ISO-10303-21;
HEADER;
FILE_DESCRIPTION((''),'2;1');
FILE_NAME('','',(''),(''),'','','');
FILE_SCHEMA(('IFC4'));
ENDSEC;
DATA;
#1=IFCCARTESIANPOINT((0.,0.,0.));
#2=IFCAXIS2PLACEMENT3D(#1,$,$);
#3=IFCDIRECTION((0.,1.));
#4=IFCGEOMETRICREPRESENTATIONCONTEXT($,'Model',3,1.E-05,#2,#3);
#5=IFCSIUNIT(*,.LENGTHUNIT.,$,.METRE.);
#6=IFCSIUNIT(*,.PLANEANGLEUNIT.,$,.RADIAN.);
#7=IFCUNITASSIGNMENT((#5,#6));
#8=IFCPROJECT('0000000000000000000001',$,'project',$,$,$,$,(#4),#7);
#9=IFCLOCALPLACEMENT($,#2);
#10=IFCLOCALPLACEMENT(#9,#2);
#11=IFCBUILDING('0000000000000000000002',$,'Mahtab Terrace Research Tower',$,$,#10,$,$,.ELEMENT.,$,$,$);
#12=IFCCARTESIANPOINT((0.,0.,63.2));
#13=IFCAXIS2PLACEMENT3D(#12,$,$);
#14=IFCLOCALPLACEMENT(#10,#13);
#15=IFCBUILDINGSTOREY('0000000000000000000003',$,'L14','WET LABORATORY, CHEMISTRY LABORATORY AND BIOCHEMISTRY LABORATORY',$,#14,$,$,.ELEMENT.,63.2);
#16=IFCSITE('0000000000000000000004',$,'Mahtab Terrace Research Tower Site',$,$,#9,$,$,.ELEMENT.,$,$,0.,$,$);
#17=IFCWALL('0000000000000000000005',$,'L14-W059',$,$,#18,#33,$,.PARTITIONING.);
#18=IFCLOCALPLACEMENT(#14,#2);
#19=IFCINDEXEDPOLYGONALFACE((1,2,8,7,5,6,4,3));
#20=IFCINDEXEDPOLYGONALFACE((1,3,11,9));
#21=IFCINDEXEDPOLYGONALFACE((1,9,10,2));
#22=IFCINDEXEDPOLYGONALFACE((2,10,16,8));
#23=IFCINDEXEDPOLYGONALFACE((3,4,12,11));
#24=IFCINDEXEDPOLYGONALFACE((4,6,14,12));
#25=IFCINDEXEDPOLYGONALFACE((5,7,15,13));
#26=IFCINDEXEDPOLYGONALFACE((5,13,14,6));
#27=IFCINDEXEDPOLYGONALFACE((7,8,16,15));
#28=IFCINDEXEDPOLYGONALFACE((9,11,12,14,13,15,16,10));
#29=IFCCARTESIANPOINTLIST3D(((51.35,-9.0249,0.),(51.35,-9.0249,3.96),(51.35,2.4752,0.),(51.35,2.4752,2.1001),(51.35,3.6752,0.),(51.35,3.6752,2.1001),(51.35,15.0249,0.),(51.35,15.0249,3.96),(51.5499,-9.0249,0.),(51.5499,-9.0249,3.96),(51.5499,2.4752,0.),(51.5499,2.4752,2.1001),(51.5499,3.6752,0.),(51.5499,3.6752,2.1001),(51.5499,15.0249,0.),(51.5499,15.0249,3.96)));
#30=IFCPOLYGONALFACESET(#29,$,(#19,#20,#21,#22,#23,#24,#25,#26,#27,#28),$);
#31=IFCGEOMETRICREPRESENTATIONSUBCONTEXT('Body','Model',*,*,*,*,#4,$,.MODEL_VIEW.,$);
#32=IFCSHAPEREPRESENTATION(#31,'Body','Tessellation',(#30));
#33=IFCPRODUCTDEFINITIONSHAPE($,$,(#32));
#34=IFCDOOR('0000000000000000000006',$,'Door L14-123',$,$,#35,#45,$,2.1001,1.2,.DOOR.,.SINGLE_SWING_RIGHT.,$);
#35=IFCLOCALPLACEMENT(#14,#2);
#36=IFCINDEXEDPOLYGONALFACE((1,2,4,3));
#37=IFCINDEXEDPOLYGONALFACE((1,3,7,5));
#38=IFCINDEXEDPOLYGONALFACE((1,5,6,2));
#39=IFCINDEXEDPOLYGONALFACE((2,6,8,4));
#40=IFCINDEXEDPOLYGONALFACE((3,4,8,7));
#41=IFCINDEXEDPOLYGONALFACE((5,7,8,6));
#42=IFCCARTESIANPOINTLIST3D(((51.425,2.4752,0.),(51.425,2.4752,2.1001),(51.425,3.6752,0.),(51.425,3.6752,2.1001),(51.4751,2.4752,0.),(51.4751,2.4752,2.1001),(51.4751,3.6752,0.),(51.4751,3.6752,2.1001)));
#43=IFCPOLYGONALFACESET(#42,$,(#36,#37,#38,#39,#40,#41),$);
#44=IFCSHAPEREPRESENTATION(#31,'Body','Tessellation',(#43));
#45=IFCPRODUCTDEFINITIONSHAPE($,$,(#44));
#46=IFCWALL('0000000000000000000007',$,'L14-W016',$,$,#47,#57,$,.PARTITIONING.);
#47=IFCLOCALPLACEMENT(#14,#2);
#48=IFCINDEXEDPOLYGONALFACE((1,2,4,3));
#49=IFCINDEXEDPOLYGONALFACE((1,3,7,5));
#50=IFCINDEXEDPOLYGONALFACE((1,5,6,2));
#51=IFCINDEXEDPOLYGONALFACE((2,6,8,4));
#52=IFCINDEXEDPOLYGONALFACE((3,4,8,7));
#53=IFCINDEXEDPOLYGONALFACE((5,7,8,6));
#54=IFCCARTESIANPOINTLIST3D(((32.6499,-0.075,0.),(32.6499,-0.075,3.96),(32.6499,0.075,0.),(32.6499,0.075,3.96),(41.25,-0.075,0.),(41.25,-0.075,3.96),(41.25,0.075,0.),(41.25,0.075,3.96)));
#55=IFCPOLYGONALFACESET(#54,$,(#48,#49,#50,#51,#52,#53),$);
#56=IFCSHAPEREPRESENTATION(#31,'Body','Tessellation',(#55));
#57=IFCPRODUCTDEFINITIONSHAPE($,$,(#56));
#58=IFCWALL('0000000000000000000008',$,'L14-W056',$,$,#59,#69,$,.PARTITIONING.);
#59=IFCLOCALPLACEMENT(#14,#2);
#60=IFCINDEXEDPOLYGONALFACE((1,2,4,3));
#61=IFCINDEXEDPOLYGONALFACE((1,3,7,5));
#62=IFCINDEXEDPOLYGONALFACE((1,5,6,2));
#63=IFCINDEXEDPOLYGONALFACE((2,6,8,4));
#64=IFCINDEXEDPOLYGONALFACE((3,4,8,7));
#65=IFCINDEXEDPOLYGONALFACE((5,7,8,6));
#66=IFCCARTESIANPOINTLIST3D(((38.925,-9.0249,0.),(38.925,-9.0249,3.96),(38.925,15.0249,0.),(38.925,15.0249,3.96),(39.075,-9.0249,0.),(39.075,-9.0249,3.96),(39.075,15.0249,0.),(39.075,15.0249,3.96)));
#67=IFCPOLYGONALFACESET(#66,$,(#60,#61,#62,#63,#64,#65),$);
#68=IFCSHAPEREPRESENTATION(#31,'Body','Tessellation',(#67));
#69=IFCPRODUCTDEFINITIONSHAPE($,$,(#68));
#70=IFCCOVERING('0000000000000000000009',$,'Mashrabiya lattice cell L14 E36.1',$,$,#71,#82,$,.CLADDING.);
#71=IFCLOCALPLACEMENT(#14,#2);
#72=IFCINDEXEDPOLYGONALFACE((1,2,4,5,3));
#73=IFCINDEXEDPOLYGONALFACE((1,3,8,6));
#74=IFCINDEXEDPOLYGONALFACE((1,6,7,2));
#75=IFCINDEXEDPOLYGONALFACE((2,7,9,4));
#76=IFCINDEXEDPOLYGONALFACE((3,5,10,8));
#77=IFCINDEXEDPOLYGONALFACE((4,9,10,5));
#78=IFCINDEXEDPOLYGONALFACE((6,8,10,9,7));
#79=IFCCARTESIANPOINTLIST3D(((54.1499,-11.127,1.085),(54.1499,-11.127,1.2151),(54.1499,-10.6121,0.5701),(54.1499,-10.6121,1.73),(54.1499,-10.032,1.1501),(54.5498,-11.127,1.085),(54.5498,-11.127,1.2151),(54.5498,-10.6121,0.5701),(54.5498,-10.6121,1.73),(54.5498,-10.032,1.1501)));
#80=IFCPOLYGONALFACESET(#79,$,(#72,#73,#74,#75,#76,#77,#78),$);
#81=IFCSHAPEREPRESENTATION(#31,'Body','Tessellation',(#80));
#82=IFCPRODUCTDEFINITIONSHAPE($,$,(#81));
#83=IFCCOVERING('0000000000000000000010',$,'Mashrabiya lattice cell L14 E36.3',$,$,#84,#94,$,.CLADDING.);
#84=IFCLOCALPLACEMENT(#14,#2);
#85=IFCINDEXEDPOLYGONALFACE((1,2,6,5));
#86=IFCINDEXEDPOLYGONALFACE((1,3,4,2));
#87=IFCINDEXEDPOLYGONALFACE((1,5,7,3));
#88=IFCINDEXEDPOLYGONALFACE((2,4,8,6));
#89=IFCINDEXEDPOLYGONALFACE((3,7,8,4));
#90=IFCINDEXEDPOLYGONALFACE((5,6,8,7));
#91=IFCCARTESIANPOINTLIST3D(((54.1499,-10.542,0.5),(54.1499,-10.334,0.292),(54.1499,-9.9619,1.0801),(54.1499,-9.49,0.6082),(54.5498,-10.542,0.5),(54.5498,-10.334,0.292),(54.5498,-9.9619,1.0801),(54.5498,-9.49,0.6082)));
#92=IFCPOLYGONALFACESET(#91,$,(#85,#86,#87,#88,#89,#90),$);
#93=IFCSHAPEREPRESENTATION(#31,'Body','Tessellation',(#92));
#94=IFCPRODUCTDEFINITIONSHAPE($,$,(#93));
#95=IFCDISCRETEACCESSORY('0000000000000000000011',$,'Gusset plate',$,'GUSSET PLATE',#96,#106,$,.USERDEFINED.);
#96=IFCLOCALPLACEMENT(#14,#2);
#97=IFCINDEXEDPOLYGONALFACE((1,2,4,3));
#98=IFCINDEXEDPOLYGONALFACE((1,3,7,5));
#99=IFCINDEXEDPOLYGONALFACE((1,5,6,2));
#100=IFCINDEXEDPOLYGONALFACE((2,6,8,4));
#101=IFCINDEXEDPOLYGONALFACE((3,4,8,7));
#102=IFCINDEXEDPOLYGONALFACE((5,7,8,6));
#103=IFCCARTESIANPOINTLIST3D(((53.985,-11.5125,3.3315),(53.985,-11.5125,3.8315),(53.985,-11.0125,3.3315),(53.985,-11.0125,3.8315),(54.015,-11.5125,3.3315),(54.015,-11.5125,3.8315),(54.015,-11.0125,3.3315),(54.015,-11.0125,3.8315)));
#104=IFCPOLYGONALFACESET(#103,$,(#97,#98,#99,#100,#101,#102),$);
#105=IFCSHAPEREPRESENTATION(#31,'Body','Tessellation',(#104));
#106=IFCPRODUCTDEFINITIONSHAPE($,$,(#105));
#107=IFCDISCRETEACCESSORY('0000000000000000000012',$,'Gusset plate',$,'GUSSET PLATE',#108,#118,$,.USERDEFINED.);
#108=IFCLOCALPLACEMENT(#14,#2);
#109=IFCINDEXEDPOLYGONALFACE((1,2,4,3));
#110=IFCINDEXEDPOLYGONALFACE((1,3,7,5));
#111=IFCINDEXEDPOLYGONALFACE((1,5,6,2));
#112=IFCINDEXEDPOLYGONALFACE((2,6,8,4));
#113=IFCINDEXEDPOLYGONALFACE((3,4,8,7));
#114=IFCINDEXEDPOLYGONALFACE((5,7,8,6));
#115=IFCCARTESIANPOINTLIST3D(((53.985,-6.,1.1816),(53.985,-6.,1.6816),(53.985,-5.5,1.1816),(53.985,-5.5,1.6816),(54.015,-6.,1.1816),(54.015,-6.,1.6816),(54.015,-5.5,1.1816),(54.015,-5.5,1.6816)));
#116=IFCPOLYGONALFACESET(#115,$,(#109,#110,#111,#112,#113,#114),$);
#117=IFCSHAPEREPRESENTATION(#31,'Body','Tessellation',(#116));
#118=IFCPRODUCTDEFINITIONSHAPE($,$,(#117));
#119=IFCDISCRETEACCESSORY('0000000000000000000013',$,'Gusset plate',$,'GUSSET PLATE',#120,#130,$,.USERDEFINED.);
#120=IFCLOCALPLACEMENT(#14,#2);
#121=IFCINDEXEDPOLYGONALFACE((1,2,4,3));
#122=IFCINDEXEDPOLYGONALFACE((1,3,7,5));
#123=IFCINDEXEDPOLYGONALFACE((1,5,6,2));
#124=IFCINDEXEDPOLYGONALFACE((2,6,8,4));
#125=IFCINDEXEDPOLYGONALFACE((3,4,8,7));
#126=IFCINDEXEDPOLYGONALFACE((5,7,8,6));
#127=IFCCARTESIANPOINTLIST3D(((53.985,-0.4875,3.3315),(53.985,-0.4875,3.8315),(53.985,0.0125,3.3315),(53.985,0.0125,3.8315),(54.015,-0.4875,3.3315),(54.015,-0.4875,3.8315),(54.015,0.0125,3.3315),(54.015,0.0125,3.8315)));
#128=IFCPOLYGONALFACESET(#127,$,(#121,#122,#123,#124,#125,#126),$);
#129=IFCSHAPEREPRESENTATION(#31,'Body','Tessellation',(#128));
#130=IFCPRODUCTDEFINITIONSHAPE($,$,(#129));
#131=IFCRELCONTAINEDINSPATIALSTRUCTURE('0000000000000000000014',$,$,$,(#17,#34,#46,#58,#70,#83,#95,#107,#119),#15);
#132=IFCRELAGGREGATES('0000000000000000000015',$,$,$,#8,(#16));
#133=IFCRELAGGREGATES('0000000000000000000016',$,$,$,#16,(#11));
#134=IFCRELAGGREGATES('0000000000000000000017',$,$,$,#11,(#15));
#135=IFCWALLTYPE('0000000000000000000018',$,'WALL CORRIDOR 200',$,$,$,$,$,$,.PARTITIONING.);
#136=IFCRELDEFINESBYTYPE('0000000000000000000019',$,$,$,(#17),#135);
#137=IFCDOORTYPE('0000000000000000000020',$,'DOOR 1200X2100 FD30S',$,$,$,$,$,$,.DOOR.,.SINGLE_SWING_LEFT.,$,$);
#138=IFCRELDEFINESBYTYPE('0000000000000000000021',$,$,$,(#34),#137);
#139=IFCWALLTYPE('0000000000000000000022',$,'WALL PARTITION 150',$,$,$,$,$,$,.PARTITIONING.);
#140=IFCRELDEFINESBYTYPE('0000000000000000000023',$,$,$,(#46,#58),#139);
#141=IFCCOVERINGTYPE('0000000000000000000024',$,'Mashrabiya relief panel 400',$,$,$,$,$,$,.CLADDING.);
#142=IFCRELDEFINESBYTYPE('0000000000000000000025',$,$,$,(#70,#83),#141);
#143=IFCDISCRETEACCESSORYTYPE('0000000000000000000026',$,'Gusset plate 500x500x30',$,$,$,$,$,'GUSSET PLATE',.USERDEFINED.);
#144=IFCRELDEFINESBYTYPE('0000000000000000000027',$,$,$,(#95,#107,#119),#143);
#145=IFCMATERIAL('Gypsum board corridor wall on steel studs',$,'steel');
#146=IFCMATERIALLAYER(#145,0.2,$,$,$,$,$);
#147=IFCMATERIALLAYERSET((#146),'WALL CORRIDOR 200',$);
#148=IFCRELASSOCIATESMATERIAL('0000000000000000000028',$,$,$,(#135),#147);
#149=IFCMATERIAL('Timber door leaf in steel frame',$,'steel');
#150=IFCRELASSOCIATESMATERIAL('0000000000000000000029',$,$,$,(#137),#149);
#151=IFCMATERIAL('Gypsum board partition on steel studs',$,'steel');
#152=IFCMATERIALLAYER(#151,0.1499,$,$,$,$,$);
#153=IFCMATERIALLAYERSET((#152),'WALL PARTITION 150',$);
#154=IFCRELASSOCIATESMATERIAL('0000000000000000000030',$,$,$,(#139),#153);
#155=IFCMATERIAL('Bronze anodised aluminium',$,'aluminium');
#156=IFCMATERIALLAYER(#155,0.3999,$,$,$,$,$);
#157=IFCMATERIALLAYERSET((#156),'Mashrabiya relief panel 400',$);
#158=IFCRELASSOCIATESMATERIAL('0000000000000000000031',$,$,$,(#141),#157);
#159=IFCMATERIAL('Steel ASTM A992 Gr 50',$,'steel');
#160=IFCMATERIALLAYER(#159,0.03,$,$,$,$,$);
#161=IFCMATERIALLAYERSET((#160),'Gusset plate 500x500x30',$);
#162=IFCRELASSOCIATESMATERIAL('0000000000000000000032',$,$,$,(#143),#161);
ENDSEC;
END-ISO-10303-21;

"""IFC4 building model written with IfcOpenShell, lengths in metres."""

from ifc_helpers import new_model, si_unit, direction, frame, frame_2d, origin, origin_2d, place, context, subcontext, project, spatial, polyline, rectangle, outline, extrude, material, layer, layer_set, type_object, element, fill, save


model = new_model("IFC4")

# Units and contexts
model_context = context("Model", 3, precision=1e-05, world=origin(), true_north=direction((0.0, 1.0)))
body_context = subcontext(model_context, "Body", "Model", "MODEL_VIEW")
ifc_project = project(units=[si_unit("LENGTHUNIT", "METRE"), si_unit("PLANEANGLEUNIT", "RADIAN")], contexts=[model_context])

# Site, building, storey
site_placement = place(None, origin())
site = spatial("IfcSite", under=ifc_project, at=site_placement, Name="Mahtab Terrace Research Tower Site", CompositionType="ELEMENT", RefElevation=0.0)
building_placement = place(site_placement, origin())
building = spatial("IfcBuilding", under=site, at=building_placement, Name="Mahtab Terrace Research Tower", CompositionType="ELEMENT")
storey_placement = place(building_placement, frame((0.0, 0.0, 63.2)))
storey = spatial("IfcBuildingStorey", under=building, at=storey_placement, Name="L14", Description="WET LABORATORY, CHEMISTRY LABORATORY AND BIOCHEMISTRY LABORATORY", CompositionType="ELEMENT", Elevation=63.2)

# Shared definitions
ifc_material_1 = material(Name="Gypsum board corridor wall on steel studs", Category="steel")
ifc_layer_1 = layer(ifc_material_1, 0.2)
ifc_layer_set_1 = layer_set([ifc_layer_1], Name="WALL CORRIDOR 200")
wall_type_1 = type_object("IfcWallType", Name="WALL CORRIDOR 200", PredefinedType="PARTITIONING", material=ifc_layer_set_1)
ifc_material_2 = material(Name="Timber door leaf in steel frame", Category="steel")
door_type = type_object("IfcDoorType", Name="DOOR 1200X2100 FD30S", OperationType="SINGLE_SWING_LEFT", PredefinedType="DOOR", material=ifc_material_2)

# Wall, opening, door
wall_1_placement = place(storey_placement, frame((51.45, -9.0249, 0.0), z_axis=(0.0, 0.0, 1.0), x_axis=(0.0, 1.0, 0.0)))
wall_1 = element("IfcWall", 1, at=wall_1_placement, inside=storey, type_object=wall_type_1, Name="L14-W059", PredefinedType="PARTITIONING", context=body_context, shape_type="SweptSolid", body=[
    extrude(rectangle(XDim=24.0498, YDim=0.2, at=frame_2d((12.0249, 0.0))), origin(), (0.0, 0.0, 1.0), 3.96),
])
opening_1_placement = place(wall_1_placement, frame((11.5, 0.0, 0.0)))
opening_1 = element("IfcOpeningElement", 2, at=opening_1_placement, cuts=wall_1, PredefinedType="OPENING", context=body_context, shape_type="SweptSolid", body=[
    extrude(rectangle(XDim=1.2, YDim=2.1001, at=frame_2d((0.6001, 1.05))), frame((0.0, 0.1099, 0.0), z_axis=(0.0, -1.0, 0.0), x_axis=(1.0, 0.0, 0.0)), (0.0, 0.0, 1.0), 0.22),
])
door_1_placement = place(opening_1_placement, origin())
door_1 = element("IfcDoor", 3, at=door_1_placement, inside=storey, type_object=door_type, Name="Door L14-123", OperationType="SINGLE_SWING_RIGHT", OverallHeight=2.1001, OverallWidth=1.2, PredefinedType="DOOR", context=body_context, shape_type="SweptSolid", body=[
    extrude(rectangle(XDim=1.2, YDim=2.1001, at=frame_2d((0.6001, 1.05))), frame((0.0, 0.0249, 0.0), z_axis=(0.0, -1.0, 0.0), x_axis=(1.0, 0.0, 0.0)), (0.0, 0.0, 1.0), 0.05),
])
fill(opening_1, door_1)

# Walls
ifc_material_3 = material(Name="Gypsum board partition on steel studs", Category="steel")
ifc_layer_2 = layer(ifc_material_3, 0.1499)
ifc_layer_set_2 = layer_set([ifc_layer_2], Name="WALL PARTITION 150")
wall_type_2 = type_object("IfcWallType", Name="WALL PARTITION 150", PredefinedType="PARTITIONING", material=ifc_layer_set_2)
wall_2_placement = place(storey_placement, frame((32.6499, 0.0, 0.0), z_axis=(0.0, 0.0, 1.0), x_axis=(1.0, 0.0, 0.0)))
element("IfcWall", 4, at=wall_2_placement, inside=storey, type_object=wall_type_2, Name="L14-W016", PredefinedType="PARTITIONING", context=body_context, shape_type="SweptSolid", body=[
    extrude(rectangle(XDim=8.6001, YDim=0.1499, at=frame_2d((4.3, 0.0))), origin(), (0.0, 0.0, 1.0), 3.96),
])
wall_3_placement = place(storey_placement, frame((39.0, -9.0249, 0.0), z_axis=(0.0, 0.0, 1.0), x_axis=(0.0, 1.0, 0.0)))
element("IfcWall", 5, at=wall_3_placement, inside=storey, type_object=wall_type_2, Name="L14-W056", PredefinedType="PARTITIONING", context=body_context, shape_type="SweptSolid", body=[
    extrude(rectangle(XDim=24.0498, YDim=0.1499, at=frame_2d((12.0249, 0.0))), origin(), (0.0, 0.0, 1.0), 3.96),
])

# Coverings
ifc_material_4 = material(Name="Bronze anodised aluminium", Category="aluminium")
ifc_layer_3 = layer(ifc_material_4, 0.3999)
ifc_layer_set_3 = layer_set([ifc_layer_3], Name="Mashrabiya relief panel 400")
covering_type = type_object("IfcCoveringType", Name="Mashrabiya relief panel 400", PredefinedType="CLADDING", material=ifc_layer_set_3)
covering_1_placement = place(storey_placement, frame((54.1499, -10.6121, 1.73), z_axis=(-1.0, 0.0, 0.0), x_axis=(0.0, 0.707256, -0.706958)))
element("IfcCovering", 6, at=covering_1_placement, inside=storey, type_object=covering_type, Name="Mashrabiya lattice cell L14 E36.1", PredefinedType="CLADDING", context=body_context, shape_type="SweptSolid", body=[
    extrude(outline(polyline([(0.0, 0.0), (0.8202, 0.0), (0.82, 0.8204), (0.0918, 0.8202), (-0.0002, 0.7282), (0.0, 0.0)])), origin(), (0.0, 0.0, -1.0), 0.3999),
])
covering_2_placement = place(storey_placement, frame((54.1499, -10.542, 0.5), z_axis=(-1.0, 0.0, 0.0), x_axis=(0.0, 0.707107, 0.707107)))
element("IfcCovering", 7, at=covering_2_placement, inside=storey, type_object=covering_type, Name="Mashrabiya lattice cell L14 E36.3", PredefinedType="CLADDING", context=body_context, shape_type="SweptSolid", body=[
    extrude(outline(polyline([(0.0, 0.0), (0.8204, 0.0), (0.8204, 0.6674), (0.0, 0.2942), (0.0, 0.0)])), origin(), (0.0, 0.0, -1.0), 0.3999),
])

# Discrete accessories
ifc_material_5 = material(Name="Steel ASTM A992 Gr 50", Category="steel")
ifc_layer_4 = layer(ifc_material_5, 0.03)
ifc_layer_set_4 = layer_set([ifc_layer_4], Name="Gusset plate 500x500x30")
discrete_accessory_type = type_object("IfcDiscreteAccessoryType", Name="Gusset plate 500x500x30", ElementType="GUSSET PLATE", PredefinedType="USERDEFINED", material=ifc_layer_set_4)
for number, where, z_axis, x_axis, name in (
    (8, (54.0, -11.2625, 3.3315), (0.0, 0.0, 1.0), (0.0, 1.0, 0.0), "Gusset plate"),
    (9, (54.0, -5.75, 1.1816), (0.0, 0.0, 1.0), (0.0, 1.0, 0.0), "Gusset plate"),
    (10, (54.0, -0.2375, 3.3315), (0.0, 0.0, 1.0), (0.0, 1.0, 0.0), "Gusset plate"),
):
    element("IfcDiscreteAccessory", number, at=place(storey_placement, frame(where, z_axis=z_axis, x_axis=x_axis)), inside=storey, type_object=discrete_accessory_type, Name=name, ObjectType="GUSSET PLATE", PredefinedType="USERDEFINED", context=body_context, shape_type="SweptSolid", body=[
        extrude(rectangle(XDim=0.5, YDim=0.03, at=origin_2d()), origin(), (0.0, 0.0, 1.0), 0.5),
    ])

save(model, "model.ifc")
